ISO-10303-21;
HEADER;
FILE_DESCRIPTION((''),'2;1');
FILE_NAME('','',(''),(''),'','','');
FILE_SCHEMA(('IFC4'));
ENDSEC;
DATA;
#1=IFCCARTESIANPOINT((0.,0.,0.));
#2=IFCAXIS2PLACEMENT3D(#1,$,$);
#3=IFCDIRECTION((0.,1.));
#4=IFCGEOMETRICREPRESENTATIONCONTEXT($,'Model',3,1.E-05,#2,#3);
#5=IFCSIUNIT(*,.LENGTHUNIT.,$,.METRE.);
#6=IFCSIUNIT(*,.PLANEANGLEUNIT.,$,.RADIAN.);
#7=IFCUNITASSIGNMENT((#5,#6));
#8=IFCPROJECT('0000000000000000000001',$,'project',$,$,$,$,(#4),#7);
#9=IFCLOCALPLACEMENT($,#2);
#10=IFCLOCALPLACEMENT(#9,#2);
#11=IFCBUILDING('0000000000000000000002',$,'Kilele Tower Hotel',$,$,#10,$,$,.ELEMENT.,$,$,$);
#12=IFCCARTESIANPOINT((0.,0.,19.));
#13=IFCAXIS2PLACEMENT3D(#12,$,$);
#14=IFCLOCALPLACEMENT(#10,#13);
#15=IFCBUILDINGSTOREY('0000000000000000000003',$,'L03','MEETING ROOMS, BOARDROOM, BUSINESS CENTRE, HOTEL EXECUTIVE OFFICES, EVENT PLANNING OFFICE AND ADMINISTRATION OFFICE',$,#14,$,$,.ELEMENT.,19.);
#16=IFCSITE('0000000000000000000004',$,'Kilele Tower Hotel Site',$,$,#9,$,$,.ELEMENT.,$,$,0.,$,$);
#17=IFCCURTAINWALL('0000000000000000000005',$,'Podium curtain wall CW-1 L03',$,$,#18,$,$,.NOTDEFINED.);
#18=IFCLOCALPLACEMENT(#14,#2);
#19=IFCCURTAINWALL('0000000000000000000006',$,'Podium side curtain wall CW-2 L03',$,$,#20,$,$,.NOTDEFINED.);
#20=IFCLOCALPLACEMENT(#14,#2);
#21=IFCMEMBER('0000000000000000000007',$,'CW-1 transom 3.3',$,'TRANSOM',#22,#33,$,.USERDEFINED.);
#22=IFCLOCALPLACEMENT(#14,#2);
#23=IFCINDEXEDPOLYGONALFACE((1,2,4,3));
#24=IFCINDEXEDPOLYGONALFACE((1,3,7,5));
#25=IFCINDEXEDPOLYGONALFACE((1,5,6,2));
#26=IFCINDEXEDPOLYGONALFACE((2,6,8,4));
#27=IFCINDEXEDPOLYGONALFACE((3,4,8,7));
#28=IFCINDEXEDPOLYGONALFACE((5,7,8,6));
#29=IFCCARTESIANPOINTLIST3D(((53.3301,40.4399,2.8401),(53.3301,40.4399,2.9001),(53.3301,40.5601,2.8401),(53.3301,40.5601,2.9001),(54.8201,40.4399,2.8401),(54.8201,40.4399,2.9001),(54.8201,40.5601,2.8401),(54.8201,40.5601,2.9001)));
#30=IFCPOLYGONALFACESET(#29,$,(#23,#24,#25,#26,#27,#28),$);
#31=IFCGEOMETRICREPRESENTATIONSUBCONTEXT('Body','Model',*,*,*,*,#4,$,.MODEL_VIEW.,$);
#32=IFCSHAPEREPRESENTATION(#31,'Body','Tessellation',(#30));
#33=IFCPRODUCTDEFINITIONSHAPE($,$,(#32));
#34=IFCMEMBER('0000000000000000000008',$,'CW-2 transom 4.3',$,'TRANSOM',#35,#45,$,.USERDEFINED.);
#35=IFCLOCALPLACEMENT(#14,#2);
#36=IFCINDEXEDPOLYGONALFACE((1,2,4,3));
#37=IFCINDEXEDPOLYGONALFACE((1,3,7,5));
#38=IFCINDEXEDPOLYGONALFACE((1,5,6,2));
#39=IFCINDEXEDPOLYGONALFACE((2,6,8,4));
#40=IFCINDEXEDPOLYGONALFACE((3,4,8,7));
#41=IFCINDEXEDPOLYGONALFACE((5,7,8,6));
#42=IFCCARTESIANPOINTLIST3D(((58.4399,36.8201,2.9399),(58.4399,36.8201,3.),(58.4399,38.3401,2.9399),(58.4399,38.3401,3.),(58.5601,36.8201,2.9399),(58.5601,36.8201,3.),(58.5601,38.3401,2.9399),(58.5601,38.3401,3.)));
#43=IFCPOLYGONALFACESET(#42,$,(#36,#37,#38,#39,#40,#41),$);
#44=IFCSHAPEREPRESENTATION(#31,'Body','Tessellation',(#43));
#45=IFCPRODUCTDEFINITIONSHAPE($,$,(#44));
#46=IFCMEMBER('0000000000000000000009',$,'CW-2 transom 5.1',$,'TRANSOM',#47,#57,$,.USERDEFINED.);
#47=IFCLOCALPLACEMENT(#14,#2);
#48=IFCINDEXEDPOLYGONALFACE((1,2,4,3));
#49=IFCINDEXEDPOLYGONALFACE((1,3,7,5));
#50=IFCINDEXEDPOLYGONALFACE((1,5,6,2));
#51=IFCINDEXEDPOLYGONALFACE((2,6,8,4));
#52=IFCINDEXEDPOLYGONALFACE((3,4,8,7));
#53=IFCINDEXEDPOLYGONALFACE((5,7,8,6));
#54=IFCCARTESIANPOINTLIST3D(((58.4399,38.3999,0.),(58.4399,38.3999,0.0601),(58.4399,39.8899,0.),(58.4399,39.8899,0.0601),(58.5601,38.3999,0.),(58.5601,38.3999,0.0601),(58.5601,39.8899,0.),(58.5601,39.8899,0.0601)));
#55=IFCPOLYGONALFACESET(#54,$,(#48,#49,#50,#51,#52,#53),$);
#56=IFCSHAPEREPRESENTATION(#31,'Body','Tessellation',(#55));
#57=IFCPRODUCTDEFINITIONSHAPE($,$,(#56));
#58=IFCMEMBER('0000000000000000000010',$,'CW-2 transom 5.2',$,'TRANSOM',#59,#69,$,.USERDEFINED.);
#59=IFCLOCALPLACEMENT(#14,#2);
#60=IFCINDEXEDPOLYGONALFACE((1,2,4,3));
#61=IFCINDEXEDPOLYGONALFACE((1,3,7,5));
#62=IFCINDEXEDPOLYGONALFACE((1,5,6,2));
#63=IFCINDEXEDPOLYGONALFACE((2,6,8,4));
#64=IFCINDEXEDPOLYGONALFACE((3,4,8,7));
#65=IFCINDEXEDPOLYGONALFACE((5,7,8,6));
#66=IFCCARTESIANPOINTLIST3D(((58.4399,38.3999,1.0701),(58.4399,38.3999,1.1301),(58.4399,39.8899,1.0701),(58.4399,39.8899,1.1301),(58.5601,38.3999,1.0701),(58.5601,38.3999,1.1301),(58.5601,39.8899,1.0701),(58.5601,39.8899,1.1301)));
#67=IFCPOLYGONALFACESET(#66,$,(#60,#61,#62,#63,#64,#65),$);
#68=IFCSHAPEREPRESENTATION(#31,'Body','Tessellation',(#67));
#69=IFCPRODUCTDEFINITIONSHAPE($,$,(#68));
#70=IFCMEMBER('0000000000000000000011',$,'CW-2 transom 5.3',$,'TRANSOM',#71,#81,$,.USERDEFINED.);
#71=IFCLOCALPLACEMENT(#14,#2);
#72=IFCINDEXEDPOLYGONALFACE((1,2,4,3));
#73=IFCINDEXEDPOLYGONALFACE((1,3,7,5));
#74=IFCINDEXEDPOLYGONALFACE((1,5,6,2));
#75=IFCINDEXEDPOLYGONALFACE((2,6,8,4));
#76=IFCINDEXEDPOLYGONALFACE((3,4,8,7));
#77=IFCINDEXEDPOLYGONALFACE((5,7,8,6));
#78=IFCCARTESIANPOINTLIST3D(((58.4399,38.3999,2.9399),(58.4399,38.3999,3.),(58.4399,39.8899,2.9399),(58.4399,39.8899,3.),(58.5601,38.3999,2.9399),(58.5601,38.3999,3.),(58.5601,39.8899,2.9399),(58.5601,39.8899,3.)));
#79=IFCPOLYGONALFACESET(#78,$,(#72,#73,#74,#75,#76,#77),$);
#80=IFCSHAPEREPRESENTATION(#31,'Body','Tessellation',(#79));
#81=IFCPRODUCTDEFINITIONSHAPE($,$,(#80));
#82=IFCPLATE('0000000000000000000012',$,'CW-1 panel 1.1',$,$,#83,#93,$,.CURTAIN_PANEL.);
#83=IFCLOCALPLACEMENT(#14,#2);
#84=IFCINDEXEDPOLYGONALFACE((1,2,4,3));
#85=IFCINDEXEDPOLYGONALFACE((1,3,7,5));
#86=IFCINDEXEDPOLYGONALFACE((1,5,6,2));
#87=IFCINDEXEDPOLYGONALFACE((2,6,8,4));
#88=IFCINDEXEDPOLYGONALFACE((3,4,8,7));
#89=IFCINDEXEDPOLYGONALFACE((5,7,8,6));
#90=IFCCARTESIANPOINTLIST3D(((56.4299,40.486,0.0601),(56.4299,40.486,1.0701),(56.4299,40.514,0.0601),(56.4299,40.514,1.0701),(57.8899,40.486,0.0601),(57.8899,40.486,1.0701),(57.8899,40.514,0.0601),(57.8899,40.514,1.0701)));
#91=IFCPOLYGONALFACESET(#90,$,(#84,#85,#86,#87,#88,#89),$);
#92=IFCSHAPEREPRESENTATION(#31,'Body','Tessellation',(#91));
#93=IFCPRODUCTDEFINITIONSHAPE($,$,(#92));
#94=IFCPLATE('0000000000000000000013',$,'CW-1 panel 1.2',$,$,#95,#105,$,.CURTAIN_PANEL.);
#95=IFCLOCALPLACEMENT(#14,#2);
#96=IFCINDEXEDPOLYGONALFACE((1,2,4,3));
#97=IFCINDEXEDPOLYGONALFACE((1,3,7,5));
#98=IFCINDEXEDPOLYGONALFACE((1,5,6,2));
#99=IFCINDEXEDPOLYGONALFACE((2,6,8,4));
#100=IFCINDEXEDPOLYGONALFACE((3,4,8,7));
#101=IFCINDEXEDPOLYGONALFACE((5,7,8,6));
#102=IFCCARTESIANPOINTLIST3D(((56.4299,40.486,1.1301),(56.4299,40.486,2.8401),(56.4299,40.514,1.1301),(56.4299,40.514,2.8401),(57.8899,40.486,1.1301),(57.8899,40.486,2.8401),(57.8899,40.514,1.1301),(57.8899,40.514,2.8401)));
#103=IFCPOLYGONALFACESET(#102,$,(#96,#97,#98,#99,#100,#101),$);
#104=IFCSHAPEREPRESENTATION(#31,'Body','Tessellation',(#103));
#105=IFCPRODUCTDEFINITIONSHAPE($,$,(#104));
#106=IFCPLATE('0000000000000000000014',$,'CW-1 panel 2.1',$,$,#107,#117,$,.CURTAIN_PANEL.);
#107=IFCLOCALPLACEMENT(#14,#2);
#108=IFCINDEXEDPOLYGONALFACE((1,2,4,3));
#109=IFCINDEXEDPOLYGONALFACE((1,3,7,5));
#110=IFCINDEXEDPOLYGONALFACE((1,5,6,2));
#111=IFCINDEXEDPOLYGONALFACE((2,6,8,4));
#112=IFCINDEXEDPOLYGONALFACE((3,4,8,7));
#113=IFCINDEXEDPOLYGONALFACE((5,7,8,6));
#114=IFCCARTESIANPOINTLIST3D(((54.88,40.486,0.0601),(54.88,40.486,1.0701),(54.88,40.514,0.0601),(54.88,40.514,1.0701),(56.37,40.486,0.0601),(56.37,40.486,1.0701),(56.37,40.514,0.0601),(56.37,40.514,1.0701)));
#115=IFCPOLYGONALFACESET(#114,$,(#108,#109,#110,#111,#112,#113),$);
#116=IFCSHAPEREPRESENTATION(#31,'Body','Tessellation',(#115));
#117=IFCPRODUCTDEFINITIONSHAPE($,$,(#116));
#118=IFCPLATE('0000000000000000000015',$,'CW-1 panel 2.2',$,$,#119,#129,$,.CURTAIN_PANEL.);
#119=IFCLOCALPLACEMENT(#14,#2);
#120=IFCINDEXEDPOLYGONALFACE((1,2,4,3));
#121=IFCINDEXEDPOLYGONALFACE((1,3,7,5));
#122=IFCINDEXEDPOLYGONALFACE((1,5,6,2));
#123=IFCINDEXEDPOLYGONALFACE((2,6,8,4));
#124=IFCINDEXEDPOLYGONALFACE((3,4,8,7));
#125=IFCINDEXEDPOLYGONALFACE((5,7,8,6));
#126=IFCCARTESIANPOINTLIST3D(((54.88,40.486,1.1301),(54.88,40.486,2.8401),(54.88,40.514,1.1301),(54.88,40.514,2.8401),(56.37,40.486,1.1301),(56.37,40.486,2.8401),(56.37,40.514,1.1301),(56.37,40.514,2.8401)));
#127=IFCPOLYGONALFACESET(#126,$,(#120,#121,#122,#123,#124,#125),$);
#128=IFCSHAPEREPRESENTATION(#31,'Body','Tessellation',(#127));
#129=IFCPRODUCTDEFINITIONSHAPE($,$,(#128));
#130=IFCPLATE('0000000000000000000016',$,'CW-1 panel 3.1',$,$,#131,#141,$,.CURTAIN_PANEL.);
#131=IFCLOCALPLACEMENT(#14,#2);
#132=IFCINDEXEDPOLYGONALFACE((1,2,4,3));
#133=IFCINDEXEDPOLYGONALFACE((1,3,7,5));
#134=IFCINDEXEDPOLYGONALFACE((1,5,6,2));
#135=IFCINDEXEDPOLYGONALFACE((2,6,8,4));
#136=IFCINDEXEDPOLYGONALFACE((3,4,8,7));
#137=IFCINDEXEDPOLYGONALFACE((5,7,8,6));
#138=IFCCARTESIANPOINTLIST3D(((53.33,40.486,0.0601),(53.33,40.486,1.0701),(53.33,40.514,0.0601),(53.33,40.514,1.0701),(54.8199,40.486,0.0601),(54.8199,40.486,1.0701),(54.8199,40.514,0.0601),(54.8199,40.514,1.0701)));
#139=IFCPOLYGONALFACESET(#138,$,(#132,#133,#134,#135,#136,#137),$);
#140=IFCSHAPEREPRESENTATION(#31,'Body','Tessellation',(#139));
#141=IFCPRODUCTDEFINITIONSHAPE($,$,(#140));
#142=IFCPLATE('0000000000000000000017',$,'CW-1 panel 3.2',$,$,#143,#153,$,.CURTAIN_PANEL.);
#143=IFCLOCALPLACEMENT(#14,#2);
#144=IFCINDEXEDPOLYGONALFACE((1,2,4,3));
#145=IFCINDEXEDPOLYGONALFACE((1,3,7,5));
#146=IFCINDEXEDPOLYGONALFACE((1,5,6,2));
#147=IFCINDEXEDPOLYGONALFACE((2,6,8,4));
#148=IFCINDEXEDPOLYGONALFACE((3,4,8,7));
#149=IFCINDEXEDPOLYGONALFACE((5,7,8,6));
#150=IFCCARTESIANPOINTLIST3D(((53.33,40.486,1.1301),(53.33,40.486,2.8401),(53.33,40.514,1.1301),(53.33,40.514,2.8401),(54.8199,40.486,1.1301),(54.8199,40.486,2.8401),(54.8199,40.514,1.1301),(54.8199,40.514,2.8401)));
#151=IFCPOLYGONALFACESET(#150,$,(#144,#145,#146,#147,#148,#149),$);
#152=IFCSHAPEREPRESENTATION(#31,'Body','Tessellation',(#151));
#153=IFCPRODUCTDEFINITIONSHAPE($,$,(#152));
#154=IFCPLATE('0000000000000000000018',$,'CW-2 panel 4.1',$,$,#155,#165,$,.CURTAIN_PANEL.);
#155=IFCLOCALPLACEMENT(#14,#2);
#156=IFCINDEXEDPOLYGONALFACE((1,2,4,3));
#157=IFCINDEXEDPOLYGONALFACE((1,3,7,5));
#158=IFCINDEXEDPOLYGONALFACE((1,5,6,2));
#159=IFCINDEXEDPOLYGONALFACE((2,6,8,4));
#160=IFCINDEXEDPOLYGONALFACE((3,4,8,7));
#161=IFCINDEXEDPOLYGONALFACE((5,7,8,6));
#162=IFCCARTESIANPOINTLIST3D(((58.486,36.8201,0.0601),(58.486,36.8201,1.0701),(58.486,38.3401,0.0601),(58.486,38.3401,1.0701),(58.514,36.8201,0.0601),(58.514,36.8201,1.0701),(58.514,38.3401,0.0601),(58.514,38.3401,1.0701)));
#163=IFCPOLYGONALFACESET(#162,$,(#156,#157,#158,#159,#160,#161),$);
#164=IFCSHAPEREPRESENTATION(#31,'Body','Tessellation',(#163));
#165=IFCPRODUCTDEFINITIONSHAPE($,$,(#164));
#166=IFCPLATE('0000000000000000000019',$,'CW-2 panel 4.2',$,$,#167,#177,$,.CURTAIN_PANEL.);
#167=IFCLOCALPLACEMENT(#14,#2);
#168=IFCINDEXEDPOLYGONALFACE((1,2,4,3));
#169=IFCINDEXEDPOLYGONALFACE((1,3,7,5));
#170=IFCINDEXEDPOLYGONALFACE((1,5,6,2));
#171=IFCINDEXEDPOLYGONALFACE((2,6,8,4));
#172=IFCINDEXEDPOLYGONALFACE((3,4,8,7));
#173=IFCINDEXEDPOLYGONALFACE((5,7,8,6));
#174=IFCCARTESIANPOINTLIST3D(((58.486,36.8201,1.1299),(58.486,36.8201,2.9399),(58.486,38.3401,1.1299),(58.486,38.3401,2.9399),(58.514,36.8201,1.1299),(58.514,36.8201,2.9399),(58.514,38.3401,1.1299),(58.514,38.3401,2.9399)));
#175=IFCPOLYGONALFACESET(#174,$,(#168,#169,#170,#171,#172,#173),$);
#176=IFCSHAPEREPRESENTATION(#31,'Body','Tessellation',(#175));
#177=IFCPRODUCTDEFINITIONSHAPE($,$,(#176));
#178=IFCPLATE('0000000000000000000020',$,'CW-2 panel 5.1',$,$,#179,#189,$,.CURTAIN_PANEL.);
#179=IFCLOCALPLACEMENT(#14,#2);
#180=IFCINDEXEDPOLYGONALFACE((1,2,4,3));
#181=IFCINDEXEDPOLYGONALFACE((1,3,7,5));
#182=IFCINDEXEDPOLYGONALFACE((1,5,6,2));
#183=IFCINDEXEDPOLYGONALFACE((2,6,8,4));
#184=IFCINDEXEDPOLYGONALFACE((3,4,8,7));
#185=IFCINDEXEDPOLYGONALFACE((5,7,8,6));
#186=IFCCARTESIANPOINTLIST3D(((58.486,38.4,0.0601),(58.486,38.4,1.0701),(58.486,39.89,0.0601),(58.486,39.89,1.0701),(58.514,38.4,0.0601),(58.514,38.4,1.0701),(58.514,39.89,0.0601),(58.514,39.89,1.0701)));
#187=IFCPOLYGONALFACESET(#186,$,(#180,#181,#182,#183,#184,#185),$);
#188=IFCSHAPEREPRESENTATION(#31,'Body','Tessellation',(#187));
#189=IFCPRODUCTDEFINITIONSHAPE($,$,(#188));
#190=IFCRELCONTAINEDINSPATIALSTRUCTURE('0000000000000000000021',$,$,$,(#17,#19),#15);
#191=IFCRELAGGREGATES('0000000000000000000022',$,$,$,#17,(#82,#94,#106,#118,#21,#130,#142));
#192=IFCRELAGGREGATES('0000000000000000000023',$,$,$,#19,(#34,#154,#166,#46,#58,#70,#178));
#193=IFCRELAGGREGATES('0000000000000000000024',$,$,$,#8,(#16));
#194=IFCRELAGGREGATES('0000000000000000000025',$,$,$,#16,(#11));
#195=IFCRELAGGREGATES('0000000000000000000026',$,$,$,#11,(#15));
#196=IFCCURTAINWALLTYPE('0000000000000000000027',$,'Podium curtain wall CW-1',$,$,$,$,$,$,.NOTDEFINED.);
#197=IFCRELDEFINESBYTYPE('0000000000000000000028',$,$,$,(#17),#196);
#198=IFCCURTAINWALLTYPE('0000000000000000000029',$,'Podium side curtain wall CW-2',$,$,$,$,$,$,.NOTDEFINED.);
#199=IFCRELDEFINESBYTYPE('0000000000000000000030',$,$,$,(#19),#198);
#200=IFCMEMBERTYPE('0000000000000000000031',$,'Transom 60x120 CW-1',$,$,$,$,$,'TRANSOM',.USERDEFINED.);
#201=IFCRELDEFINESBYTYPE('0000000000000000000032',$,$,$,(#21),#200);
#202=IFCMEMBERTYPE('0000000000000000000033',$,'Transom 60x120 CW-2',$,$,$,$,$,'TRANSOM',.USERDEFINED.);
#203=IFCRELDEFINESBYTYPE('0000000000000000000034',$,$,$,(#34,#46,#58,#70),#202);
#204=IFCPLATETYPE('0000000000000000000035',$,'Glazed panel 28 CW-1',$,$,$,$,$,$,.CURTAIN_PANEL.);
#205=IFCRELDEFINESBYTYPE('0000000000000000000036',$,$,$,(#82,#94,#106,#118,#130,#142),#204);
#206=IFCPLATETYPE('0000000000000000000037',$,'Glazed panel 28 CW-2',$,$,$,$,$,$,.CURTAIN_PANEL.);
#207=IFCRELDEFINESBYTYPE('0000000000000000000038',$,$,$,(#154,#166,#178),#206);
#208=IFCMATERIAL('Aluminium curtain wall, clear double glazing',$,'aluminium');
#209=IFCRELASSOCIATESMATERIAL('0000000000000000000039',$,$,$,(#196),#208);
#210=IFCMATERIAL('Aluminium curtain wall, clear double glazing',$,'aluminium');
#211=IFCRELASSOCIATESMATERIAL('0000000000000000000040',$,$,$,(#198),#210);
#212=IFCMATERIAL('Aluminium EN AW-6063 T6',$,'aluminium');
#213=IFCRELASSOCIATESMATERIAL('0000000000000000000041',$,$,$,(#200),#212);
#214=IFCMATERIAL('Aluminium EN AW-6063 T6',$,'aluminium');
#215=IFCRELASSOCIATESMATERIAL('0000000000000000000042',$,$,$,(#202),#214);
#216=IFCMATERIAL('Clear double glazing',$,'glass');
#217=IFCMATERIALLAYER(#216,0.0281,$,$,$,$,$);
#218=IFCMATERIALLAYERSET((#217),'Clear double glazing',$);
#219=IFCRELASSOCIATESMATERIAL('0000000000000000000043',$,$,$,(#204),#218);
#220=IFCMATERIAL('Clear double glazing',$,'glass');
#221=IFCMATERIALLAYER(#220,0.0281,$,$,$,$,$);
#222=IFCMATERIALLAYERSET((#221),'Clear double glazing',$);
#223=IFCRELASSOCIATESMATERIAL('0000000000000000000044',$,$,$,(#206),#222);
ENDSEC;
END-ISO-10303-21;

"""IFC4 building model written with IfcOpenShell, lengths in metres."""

from ifc_helpers import new_model, si_unit, direction, frame, origin, origin_2d, place, context, subcontext, project, spatial, rectangle, extrude, material, layer, layer_set, material_profile, profile_set, type_object, element, aggregate, save


model = new_model("IFC4")

# Units and contexts
model_context = context("Model", 3, precision=1e-05, world=origin(), true_north=direction((0.0, 1.0)))
body_context = subcontext(model_context, "Body", "Model", "MODEL_VIEW")
ifc_project = project(units=[si_unit("LENGTHUNIT", "METRE"), si_unit("PLANEANGLEUNIT", "RADIAN")], contexts=[model_context])

# Site, building, storey
site_placement = place(None, origin())
site = spatial("IfcSite", under=ifc_project, at=site_placement, Name="Kilele Tower Hotel Site", CompositionType="ELEMENT", RefElevation=0.0)
building_placement = place(site_placement, origin())
building = spatial("IfcBuilding", under=site, at=building_placement, Name="Kilele Tower Hotel", CompositionType="ELEMENT")
storey_placement = place(building_placement, frame((0.0, 0.0, 19.0)))
storey = spatial("IfcBuildingStorey", under=building, at=storey_placement, Name="L03", Description="MEETING ROOMS, BOARDROOM, BUSINESS CENTRE, HOTEL EXECUTIVE OFFICES, EVENT PLANNING OFFICE AND ADMINISTRATION OFFICE", CompositionType="ELEMENT", Elevation=19.0)

# Curtain walls
ifc_material_1 = material(Name="Aluminium curtain wall, clear double glazing", Category="aluminium")
curtain_wall_type_1 = type_object("IfcCurtainWallType", Name="Podium curtain wall CW-1", PredefinedType="NOTDEFINED", material=ifc_material_1)
curtain_wall_1_placement = place(storey_placement, origin())
curtain_wall_1 = element("IfcCurtainWall", 1, at=curtain_wall_1_placement, inside=storey, type_object=curtain_wall_type_1, Name="Podium curtain wall CW-1 L03", PredefinedType="NOTDEFINED")
ifc_material_2 = material(Name="Aluminium curtain wall, clear double glazing", Category="aluminium")
curtain_wall_type_2 = type_object("IfcCurtainWallType", Name="Podium side curtain wall CW-2", PredefinedType="NOTDEFINED", material=ifc_material_2)
curtain_wall_2_placement = place(storey_placement, origin())
curtain_wall_2 = element("IfcCurtainWall", 2, at=curtain_wall_2_placement, inside=storey, type_object=curtain_wall_type_2, Name="Podium side curtain wall CW-2 L03", PredefinedType="NOTDEFINED")

# Members
ifc_material_3 = material(Name="Aluminium EN AW-6063 T6", Category="aluminium")
ifc_material_profile_1 = material_profile(ifc_material_3, rectangle(XDim=0.1201, YDim=0.0601, at=origin_2d()))
ifc_profile_set_1 = profile_set([ifc_material_profile_1], Name="Aluminium EN AW-6063 T6")
member_type_1 = type_object("IfcMemberType", Name="Transom 60x120 CW-1", ElementType="TRANSOM", PredefinedType="USERDEFINED", material=ifc_profile_set_1)
member_1_placement = place(storey_placement, frame((54.8201, 40.5, 2.8701), z_axis=(-1.0, 0.0, 0.0), x_axis=(0.0, -1.0, 0.0)))
member_1 = element("IfcMember", 3, at=member_1_placement, type_object=member_type_1, Name="CW-1 transom 3.3", ObjectType="TRANSOM", PredefinedType="USERDEFINED", context=body_context, shape_type="SweptSolid", body=[
    extrude(rectangle(XDim=0.1201, YDim=0.0601, at=origin_2d()), origin(), (0.0, 0.0, 1.0), 1.49),
])
ifc_material_4 = material(Name="Aluminium EN AW-6063 T6", Category="aluminium")
ifc_material_profile_2 = material_profile(ifc_material_4, rectangle(XDim=0.1201, YDim=0.0601, at=origin_2d()))
ifc_profile_set_2 = profile_set([ifc_material_profile_2], Name="Aluminium EN AW-6063 T6")
member_type_2 = type_object("IfcMemberType", Name="Transom 60x120 CW-2", ElementType="TRANSOM", PredefinedType="USERDEFINED", material=ifc_profile_set_2)
member_2_placement = place(storey_placement, frame((58.5, 36.8201, 2.97), z_axis=(0.0, 1.0, 0.0), x_axis=(-1.0, 0.0, 0.0)))
member_2 = element("IfcMember", 4, at=member_2_placement, type_object=member_type_2, Name="CW-2 transom 4.3", ObjectType="TRANSOM", PredefinedType="USERDEFINED", context=body_context, shape_type="SweptSolid", body=[
    extrude(rectangle(XDim=0.1201, YDim=0.0601, at=origin_2d()), origin(), (0.0, 0.0, 1.0), 1.52),
])
member_3_placement = place(storey_placement, frame((58.5, 38.3999, 0.03), z_axis=(0.0, 1.0, 0.0), x_axis=(-1.0, 0.0, 0.0)))
member_3 = element("IfcMember", 5, at=member_3_placement, type_object=member_type_2, Name="CW-2 transom 5.1", ObjectType="TRANSOM", PredefinedType="USERDEFINED", context=body_context, shape_type="SweptSolid", body=[
    extrude(rectangle(XDim=0.1201, YDim=0.0601, at=origin_2d()), origin(), (0.0, 0.0, 1.0), 1.49),
])
member_4_placement = place(storey_placement, frame((58.5, 38.3999, 1.1001), z_axis=(0.0, 1.0, 0.0), x_axis=(-1.0, 0.0, 0.0)))
member_4 = element("IfcMember", 6, at=member_4_placement, type_object=member_type_2, Name="CW-2 transom 5.2", ObjectType="TRANSOM", PredefinedType="USERDEFINED", context=body_context, shape_type="SweptSolid", body=[
    extrude(rectangle(XDim=0.1201, YDim=0.0601, at=origin_2d()), origin(), (0.0, 0.0, 1.0), 1.49),
])
member_5_placement = place(storey_placement, frame((58.5, 38.3999, 2.97), z_axis=(0.0, 1.0, 0.0), x_axis=(-1.0, 0.0, 0.0)))
member_5 = element("IfcMember", 7, at=member_5_placement, type_object=member_type_2, Name="CW-2 transom 5.3", ObjectType="TRANSOM", PredefinedType="USERDEFINED", context=body_context, shape_type="SweptSolid", body=[
    extrude(rectangle(XDim=0.1201, YDim=0.0601, at=origin_2d()), origin(), (0.0, 0.0, 1.0), 1.49),
])

# Plates
ifc_material_5 = material(Name="Clear double glazing", Category="glass")
ifc_layer_1 = layer(ifc_material_5, 0.0281)
ifc_layer_set_1 = layer_set([ifc_layer_1], Name="Clear double glazing")
plate_type_1 = type_object("IfcPlateType", Name="Glazed panel 28 CW-1", PredefinedType="CURTAIN_PANEL", material=ifc_layer_set_1)
plate_1_placement = place(storey_placement, frame((57.1599, 40.5, 0.0601), z_axis=(0.0, 0.0, 1.0), x_axis=(-1.0, 0.0, 0.0)))
plate_1 = element("IfcPlate", 8, at=plate_1_placement, type_object=plate_type_1, Name="CW-1 panel 1.1", PredefinedType="CURTAIN_PANEL", context=body_context, shape_type="SweptSolid", body=[
    extrude(rectangle(XDim=1.46, YDim=0.0281, at=origin_2d()), origin(), (0.0, 0.0, 1.0), 1.01),
])
plate_2_placement = place(storey_placement, frame((57.1599, 40.5, 1.1301), z_axis=(0.0, 0.0, 1.0), x_axis=(-1.0, 0.0, 0.0)))
plate_2 = element("IfcPlate", 9, at=plate_2_placement, type_object=plate_type_1, Name="CW-1 panel 1.2", PredefinedType="CURTAIN_PANEL", context=body_context, shape_type="SweptSolid", body=[
    extrude(rectangle(XDim=1.46, YDim=0.0281, at=origin_2d()), origin(), (0.0, 0.0, 1.0), 1.71),
])
plate_3_placement = place(storey_placement, frame((55.625, 40.5, 0.0601), z_axis=(0.0, 0.0, 1.0), x_axis=(-1.0, 0.0, 0.0)))
plate_3 = element("IfcPlate", 10, at=plate_3_placement, type_object=plate_type_1, Name="CW-1 panel 2.1", PredefinedType="CURTAIN_PANEL", context=body_context, shape_type="SweptSolid", body=[
    extrude(rectangle(XDim=1.49, YDim=0.0281, at=origin_2d()), origin(), (0.0, 0.0, 1.0), 1.01),
])
plate_4_placement = place(storey_placement, frame((55.625, 40.5, 1.1301), z_axis=(0.0, 0.0, 1.0), x_axis=(-1.0, 0.0, 0.0)))
plate_4 = element("IfcPlate", 11, at=plate_4_placement, type_object=plate_type_1, Name="CW-1 panel 2.2", PredefinedType="CURTAIN_PANEL", context=body_context, shape_type="SweptSolid", body=[
    extrude(rectangle(XDim=1.49, YDim=0.0281, at=origin_2d()), origin(), (0.0, 0.0, 1.0), 1.71),
])
plate_5_placement = place(storey_placement, frame((54.075, 40.5, 0.0601), z_axis=(0.0, 0.0, 1.0), x_axis=(-1.0, 0.0, 0.0)))
plate_5 = element("IfcPlate", 12, at=plate_5_placement, type_object=plate_type_1, Name="CW-1 panel 3.1", PredefinedType="CURTAIN_PANEL", context=body_context, shape_type="SweptSolid", body=[
    extrude(rectangle(XDim=1.49, YDim=0.0281, at=origin_2d()), origin(), (0.0, 0.0, 1.0), 1.01),
])
plate_6_placement = place(storey_placement, frame((54.075, 40.5, 1.1301), z_axis=(0.0, 0.0, 1.0), x_axis=(-1.0, 0.0, 0.0)))
plate_6 = element("IfcPlate", 13, at=plate_6_placement, type_object=plate_type_1, Name="CW-1 panel 3.2", PredefinedType="CURTAIN_PANEL", context=body_context, shape_type="SweptSolid", body=[
    extrude(rectangle(XDim=1.49, YDim=0.0281, at=origin_2d()), origin(), (0.0, 0.0, 1.0), 1.71),
])
aggregate(curtain_wall_1, [plate_1, plate_2, plate_3, plate_4, member_1, plate_5, plate_6])
ifc_material_6 = material(Name="Clear double glazing", Category="glass")
ifc_layer_2 = layer(ifc_material_6, 0.0281)
ifc_layer_set_2 = layer_set([ifc_layer_2], Name="Clear double glazing")
plate_type_2 = type_object("IfcPlateType", Name="Glazed panel 28 CW-2", PredefinedType="CURTAIN_PANEL", material=ifc_layer_set_2)
plate_7_placement = place(storey_placement, frame((58.5, 37.5801, 0.0601), z_axis=(0.0, 0.0, 1.0), x_axis=(0.0, 1.0, 0.0)))
plate_7 = element("IfcPlate", 14, at=plate_7_placement, type_object=plate_type_2, Name="CW-2 panel 4.1", PredefinedType="CURTAIN_PANEL", context=body_context, shape_type="SweptSolid", body=[
    extrude(rectangle(XDim=1.52, YDim=0.0281, at=origin_2d()), origin(), (0.0, 0.0, 1.0), 1.01),
])
plate_8_placement = place(storey_placement, frame((58.5, 37.5801, 1.1299), z_axis=(0.0, 0.0, 1.0), x_axis=(0.0, 1.0, 0.0)))
plate_8 = element("IfcPlate", 15, at=plate_8_placement, type_object=plate_type_2, Name="CW-2 panel 4.2", PredefinedType="CURTAIN_PANEL", context=body_context, shape_type="SweptSolid", body=[
    extrude(rectangle(XDim=1.52, YDim=0.0281, at=origin_2d()), origin(), (0.0, 0.0, 1.0), 1.8101),
])
plate_9_placement = place(storey_placement, frame((58.5, 39.145, 0.0601), z_axis=(0.0, 0.0, 1.0), x_axis=(0.0, 1.0, 0.0)))
plate_9 = element("IfcPlate", 16, at=plate_9_placement, type_object=plate_type_2, Name="CW-2 panel 5.1", PredefinedType="CURTAIN_PANEL", context=body_context, shape_type="SweptSolid", body=[
    extrude(rectangle(XDim=1.49, YDim=0.0281, at=origin_2d()), origin(), (0.0, 0.0, 1.0), 1.01),
])
aggregate(curtain_wall_2, [member_2, plate_7, plate_8, member_3, member_4, member_5, plate_9])

save(model, "model.ifc")
